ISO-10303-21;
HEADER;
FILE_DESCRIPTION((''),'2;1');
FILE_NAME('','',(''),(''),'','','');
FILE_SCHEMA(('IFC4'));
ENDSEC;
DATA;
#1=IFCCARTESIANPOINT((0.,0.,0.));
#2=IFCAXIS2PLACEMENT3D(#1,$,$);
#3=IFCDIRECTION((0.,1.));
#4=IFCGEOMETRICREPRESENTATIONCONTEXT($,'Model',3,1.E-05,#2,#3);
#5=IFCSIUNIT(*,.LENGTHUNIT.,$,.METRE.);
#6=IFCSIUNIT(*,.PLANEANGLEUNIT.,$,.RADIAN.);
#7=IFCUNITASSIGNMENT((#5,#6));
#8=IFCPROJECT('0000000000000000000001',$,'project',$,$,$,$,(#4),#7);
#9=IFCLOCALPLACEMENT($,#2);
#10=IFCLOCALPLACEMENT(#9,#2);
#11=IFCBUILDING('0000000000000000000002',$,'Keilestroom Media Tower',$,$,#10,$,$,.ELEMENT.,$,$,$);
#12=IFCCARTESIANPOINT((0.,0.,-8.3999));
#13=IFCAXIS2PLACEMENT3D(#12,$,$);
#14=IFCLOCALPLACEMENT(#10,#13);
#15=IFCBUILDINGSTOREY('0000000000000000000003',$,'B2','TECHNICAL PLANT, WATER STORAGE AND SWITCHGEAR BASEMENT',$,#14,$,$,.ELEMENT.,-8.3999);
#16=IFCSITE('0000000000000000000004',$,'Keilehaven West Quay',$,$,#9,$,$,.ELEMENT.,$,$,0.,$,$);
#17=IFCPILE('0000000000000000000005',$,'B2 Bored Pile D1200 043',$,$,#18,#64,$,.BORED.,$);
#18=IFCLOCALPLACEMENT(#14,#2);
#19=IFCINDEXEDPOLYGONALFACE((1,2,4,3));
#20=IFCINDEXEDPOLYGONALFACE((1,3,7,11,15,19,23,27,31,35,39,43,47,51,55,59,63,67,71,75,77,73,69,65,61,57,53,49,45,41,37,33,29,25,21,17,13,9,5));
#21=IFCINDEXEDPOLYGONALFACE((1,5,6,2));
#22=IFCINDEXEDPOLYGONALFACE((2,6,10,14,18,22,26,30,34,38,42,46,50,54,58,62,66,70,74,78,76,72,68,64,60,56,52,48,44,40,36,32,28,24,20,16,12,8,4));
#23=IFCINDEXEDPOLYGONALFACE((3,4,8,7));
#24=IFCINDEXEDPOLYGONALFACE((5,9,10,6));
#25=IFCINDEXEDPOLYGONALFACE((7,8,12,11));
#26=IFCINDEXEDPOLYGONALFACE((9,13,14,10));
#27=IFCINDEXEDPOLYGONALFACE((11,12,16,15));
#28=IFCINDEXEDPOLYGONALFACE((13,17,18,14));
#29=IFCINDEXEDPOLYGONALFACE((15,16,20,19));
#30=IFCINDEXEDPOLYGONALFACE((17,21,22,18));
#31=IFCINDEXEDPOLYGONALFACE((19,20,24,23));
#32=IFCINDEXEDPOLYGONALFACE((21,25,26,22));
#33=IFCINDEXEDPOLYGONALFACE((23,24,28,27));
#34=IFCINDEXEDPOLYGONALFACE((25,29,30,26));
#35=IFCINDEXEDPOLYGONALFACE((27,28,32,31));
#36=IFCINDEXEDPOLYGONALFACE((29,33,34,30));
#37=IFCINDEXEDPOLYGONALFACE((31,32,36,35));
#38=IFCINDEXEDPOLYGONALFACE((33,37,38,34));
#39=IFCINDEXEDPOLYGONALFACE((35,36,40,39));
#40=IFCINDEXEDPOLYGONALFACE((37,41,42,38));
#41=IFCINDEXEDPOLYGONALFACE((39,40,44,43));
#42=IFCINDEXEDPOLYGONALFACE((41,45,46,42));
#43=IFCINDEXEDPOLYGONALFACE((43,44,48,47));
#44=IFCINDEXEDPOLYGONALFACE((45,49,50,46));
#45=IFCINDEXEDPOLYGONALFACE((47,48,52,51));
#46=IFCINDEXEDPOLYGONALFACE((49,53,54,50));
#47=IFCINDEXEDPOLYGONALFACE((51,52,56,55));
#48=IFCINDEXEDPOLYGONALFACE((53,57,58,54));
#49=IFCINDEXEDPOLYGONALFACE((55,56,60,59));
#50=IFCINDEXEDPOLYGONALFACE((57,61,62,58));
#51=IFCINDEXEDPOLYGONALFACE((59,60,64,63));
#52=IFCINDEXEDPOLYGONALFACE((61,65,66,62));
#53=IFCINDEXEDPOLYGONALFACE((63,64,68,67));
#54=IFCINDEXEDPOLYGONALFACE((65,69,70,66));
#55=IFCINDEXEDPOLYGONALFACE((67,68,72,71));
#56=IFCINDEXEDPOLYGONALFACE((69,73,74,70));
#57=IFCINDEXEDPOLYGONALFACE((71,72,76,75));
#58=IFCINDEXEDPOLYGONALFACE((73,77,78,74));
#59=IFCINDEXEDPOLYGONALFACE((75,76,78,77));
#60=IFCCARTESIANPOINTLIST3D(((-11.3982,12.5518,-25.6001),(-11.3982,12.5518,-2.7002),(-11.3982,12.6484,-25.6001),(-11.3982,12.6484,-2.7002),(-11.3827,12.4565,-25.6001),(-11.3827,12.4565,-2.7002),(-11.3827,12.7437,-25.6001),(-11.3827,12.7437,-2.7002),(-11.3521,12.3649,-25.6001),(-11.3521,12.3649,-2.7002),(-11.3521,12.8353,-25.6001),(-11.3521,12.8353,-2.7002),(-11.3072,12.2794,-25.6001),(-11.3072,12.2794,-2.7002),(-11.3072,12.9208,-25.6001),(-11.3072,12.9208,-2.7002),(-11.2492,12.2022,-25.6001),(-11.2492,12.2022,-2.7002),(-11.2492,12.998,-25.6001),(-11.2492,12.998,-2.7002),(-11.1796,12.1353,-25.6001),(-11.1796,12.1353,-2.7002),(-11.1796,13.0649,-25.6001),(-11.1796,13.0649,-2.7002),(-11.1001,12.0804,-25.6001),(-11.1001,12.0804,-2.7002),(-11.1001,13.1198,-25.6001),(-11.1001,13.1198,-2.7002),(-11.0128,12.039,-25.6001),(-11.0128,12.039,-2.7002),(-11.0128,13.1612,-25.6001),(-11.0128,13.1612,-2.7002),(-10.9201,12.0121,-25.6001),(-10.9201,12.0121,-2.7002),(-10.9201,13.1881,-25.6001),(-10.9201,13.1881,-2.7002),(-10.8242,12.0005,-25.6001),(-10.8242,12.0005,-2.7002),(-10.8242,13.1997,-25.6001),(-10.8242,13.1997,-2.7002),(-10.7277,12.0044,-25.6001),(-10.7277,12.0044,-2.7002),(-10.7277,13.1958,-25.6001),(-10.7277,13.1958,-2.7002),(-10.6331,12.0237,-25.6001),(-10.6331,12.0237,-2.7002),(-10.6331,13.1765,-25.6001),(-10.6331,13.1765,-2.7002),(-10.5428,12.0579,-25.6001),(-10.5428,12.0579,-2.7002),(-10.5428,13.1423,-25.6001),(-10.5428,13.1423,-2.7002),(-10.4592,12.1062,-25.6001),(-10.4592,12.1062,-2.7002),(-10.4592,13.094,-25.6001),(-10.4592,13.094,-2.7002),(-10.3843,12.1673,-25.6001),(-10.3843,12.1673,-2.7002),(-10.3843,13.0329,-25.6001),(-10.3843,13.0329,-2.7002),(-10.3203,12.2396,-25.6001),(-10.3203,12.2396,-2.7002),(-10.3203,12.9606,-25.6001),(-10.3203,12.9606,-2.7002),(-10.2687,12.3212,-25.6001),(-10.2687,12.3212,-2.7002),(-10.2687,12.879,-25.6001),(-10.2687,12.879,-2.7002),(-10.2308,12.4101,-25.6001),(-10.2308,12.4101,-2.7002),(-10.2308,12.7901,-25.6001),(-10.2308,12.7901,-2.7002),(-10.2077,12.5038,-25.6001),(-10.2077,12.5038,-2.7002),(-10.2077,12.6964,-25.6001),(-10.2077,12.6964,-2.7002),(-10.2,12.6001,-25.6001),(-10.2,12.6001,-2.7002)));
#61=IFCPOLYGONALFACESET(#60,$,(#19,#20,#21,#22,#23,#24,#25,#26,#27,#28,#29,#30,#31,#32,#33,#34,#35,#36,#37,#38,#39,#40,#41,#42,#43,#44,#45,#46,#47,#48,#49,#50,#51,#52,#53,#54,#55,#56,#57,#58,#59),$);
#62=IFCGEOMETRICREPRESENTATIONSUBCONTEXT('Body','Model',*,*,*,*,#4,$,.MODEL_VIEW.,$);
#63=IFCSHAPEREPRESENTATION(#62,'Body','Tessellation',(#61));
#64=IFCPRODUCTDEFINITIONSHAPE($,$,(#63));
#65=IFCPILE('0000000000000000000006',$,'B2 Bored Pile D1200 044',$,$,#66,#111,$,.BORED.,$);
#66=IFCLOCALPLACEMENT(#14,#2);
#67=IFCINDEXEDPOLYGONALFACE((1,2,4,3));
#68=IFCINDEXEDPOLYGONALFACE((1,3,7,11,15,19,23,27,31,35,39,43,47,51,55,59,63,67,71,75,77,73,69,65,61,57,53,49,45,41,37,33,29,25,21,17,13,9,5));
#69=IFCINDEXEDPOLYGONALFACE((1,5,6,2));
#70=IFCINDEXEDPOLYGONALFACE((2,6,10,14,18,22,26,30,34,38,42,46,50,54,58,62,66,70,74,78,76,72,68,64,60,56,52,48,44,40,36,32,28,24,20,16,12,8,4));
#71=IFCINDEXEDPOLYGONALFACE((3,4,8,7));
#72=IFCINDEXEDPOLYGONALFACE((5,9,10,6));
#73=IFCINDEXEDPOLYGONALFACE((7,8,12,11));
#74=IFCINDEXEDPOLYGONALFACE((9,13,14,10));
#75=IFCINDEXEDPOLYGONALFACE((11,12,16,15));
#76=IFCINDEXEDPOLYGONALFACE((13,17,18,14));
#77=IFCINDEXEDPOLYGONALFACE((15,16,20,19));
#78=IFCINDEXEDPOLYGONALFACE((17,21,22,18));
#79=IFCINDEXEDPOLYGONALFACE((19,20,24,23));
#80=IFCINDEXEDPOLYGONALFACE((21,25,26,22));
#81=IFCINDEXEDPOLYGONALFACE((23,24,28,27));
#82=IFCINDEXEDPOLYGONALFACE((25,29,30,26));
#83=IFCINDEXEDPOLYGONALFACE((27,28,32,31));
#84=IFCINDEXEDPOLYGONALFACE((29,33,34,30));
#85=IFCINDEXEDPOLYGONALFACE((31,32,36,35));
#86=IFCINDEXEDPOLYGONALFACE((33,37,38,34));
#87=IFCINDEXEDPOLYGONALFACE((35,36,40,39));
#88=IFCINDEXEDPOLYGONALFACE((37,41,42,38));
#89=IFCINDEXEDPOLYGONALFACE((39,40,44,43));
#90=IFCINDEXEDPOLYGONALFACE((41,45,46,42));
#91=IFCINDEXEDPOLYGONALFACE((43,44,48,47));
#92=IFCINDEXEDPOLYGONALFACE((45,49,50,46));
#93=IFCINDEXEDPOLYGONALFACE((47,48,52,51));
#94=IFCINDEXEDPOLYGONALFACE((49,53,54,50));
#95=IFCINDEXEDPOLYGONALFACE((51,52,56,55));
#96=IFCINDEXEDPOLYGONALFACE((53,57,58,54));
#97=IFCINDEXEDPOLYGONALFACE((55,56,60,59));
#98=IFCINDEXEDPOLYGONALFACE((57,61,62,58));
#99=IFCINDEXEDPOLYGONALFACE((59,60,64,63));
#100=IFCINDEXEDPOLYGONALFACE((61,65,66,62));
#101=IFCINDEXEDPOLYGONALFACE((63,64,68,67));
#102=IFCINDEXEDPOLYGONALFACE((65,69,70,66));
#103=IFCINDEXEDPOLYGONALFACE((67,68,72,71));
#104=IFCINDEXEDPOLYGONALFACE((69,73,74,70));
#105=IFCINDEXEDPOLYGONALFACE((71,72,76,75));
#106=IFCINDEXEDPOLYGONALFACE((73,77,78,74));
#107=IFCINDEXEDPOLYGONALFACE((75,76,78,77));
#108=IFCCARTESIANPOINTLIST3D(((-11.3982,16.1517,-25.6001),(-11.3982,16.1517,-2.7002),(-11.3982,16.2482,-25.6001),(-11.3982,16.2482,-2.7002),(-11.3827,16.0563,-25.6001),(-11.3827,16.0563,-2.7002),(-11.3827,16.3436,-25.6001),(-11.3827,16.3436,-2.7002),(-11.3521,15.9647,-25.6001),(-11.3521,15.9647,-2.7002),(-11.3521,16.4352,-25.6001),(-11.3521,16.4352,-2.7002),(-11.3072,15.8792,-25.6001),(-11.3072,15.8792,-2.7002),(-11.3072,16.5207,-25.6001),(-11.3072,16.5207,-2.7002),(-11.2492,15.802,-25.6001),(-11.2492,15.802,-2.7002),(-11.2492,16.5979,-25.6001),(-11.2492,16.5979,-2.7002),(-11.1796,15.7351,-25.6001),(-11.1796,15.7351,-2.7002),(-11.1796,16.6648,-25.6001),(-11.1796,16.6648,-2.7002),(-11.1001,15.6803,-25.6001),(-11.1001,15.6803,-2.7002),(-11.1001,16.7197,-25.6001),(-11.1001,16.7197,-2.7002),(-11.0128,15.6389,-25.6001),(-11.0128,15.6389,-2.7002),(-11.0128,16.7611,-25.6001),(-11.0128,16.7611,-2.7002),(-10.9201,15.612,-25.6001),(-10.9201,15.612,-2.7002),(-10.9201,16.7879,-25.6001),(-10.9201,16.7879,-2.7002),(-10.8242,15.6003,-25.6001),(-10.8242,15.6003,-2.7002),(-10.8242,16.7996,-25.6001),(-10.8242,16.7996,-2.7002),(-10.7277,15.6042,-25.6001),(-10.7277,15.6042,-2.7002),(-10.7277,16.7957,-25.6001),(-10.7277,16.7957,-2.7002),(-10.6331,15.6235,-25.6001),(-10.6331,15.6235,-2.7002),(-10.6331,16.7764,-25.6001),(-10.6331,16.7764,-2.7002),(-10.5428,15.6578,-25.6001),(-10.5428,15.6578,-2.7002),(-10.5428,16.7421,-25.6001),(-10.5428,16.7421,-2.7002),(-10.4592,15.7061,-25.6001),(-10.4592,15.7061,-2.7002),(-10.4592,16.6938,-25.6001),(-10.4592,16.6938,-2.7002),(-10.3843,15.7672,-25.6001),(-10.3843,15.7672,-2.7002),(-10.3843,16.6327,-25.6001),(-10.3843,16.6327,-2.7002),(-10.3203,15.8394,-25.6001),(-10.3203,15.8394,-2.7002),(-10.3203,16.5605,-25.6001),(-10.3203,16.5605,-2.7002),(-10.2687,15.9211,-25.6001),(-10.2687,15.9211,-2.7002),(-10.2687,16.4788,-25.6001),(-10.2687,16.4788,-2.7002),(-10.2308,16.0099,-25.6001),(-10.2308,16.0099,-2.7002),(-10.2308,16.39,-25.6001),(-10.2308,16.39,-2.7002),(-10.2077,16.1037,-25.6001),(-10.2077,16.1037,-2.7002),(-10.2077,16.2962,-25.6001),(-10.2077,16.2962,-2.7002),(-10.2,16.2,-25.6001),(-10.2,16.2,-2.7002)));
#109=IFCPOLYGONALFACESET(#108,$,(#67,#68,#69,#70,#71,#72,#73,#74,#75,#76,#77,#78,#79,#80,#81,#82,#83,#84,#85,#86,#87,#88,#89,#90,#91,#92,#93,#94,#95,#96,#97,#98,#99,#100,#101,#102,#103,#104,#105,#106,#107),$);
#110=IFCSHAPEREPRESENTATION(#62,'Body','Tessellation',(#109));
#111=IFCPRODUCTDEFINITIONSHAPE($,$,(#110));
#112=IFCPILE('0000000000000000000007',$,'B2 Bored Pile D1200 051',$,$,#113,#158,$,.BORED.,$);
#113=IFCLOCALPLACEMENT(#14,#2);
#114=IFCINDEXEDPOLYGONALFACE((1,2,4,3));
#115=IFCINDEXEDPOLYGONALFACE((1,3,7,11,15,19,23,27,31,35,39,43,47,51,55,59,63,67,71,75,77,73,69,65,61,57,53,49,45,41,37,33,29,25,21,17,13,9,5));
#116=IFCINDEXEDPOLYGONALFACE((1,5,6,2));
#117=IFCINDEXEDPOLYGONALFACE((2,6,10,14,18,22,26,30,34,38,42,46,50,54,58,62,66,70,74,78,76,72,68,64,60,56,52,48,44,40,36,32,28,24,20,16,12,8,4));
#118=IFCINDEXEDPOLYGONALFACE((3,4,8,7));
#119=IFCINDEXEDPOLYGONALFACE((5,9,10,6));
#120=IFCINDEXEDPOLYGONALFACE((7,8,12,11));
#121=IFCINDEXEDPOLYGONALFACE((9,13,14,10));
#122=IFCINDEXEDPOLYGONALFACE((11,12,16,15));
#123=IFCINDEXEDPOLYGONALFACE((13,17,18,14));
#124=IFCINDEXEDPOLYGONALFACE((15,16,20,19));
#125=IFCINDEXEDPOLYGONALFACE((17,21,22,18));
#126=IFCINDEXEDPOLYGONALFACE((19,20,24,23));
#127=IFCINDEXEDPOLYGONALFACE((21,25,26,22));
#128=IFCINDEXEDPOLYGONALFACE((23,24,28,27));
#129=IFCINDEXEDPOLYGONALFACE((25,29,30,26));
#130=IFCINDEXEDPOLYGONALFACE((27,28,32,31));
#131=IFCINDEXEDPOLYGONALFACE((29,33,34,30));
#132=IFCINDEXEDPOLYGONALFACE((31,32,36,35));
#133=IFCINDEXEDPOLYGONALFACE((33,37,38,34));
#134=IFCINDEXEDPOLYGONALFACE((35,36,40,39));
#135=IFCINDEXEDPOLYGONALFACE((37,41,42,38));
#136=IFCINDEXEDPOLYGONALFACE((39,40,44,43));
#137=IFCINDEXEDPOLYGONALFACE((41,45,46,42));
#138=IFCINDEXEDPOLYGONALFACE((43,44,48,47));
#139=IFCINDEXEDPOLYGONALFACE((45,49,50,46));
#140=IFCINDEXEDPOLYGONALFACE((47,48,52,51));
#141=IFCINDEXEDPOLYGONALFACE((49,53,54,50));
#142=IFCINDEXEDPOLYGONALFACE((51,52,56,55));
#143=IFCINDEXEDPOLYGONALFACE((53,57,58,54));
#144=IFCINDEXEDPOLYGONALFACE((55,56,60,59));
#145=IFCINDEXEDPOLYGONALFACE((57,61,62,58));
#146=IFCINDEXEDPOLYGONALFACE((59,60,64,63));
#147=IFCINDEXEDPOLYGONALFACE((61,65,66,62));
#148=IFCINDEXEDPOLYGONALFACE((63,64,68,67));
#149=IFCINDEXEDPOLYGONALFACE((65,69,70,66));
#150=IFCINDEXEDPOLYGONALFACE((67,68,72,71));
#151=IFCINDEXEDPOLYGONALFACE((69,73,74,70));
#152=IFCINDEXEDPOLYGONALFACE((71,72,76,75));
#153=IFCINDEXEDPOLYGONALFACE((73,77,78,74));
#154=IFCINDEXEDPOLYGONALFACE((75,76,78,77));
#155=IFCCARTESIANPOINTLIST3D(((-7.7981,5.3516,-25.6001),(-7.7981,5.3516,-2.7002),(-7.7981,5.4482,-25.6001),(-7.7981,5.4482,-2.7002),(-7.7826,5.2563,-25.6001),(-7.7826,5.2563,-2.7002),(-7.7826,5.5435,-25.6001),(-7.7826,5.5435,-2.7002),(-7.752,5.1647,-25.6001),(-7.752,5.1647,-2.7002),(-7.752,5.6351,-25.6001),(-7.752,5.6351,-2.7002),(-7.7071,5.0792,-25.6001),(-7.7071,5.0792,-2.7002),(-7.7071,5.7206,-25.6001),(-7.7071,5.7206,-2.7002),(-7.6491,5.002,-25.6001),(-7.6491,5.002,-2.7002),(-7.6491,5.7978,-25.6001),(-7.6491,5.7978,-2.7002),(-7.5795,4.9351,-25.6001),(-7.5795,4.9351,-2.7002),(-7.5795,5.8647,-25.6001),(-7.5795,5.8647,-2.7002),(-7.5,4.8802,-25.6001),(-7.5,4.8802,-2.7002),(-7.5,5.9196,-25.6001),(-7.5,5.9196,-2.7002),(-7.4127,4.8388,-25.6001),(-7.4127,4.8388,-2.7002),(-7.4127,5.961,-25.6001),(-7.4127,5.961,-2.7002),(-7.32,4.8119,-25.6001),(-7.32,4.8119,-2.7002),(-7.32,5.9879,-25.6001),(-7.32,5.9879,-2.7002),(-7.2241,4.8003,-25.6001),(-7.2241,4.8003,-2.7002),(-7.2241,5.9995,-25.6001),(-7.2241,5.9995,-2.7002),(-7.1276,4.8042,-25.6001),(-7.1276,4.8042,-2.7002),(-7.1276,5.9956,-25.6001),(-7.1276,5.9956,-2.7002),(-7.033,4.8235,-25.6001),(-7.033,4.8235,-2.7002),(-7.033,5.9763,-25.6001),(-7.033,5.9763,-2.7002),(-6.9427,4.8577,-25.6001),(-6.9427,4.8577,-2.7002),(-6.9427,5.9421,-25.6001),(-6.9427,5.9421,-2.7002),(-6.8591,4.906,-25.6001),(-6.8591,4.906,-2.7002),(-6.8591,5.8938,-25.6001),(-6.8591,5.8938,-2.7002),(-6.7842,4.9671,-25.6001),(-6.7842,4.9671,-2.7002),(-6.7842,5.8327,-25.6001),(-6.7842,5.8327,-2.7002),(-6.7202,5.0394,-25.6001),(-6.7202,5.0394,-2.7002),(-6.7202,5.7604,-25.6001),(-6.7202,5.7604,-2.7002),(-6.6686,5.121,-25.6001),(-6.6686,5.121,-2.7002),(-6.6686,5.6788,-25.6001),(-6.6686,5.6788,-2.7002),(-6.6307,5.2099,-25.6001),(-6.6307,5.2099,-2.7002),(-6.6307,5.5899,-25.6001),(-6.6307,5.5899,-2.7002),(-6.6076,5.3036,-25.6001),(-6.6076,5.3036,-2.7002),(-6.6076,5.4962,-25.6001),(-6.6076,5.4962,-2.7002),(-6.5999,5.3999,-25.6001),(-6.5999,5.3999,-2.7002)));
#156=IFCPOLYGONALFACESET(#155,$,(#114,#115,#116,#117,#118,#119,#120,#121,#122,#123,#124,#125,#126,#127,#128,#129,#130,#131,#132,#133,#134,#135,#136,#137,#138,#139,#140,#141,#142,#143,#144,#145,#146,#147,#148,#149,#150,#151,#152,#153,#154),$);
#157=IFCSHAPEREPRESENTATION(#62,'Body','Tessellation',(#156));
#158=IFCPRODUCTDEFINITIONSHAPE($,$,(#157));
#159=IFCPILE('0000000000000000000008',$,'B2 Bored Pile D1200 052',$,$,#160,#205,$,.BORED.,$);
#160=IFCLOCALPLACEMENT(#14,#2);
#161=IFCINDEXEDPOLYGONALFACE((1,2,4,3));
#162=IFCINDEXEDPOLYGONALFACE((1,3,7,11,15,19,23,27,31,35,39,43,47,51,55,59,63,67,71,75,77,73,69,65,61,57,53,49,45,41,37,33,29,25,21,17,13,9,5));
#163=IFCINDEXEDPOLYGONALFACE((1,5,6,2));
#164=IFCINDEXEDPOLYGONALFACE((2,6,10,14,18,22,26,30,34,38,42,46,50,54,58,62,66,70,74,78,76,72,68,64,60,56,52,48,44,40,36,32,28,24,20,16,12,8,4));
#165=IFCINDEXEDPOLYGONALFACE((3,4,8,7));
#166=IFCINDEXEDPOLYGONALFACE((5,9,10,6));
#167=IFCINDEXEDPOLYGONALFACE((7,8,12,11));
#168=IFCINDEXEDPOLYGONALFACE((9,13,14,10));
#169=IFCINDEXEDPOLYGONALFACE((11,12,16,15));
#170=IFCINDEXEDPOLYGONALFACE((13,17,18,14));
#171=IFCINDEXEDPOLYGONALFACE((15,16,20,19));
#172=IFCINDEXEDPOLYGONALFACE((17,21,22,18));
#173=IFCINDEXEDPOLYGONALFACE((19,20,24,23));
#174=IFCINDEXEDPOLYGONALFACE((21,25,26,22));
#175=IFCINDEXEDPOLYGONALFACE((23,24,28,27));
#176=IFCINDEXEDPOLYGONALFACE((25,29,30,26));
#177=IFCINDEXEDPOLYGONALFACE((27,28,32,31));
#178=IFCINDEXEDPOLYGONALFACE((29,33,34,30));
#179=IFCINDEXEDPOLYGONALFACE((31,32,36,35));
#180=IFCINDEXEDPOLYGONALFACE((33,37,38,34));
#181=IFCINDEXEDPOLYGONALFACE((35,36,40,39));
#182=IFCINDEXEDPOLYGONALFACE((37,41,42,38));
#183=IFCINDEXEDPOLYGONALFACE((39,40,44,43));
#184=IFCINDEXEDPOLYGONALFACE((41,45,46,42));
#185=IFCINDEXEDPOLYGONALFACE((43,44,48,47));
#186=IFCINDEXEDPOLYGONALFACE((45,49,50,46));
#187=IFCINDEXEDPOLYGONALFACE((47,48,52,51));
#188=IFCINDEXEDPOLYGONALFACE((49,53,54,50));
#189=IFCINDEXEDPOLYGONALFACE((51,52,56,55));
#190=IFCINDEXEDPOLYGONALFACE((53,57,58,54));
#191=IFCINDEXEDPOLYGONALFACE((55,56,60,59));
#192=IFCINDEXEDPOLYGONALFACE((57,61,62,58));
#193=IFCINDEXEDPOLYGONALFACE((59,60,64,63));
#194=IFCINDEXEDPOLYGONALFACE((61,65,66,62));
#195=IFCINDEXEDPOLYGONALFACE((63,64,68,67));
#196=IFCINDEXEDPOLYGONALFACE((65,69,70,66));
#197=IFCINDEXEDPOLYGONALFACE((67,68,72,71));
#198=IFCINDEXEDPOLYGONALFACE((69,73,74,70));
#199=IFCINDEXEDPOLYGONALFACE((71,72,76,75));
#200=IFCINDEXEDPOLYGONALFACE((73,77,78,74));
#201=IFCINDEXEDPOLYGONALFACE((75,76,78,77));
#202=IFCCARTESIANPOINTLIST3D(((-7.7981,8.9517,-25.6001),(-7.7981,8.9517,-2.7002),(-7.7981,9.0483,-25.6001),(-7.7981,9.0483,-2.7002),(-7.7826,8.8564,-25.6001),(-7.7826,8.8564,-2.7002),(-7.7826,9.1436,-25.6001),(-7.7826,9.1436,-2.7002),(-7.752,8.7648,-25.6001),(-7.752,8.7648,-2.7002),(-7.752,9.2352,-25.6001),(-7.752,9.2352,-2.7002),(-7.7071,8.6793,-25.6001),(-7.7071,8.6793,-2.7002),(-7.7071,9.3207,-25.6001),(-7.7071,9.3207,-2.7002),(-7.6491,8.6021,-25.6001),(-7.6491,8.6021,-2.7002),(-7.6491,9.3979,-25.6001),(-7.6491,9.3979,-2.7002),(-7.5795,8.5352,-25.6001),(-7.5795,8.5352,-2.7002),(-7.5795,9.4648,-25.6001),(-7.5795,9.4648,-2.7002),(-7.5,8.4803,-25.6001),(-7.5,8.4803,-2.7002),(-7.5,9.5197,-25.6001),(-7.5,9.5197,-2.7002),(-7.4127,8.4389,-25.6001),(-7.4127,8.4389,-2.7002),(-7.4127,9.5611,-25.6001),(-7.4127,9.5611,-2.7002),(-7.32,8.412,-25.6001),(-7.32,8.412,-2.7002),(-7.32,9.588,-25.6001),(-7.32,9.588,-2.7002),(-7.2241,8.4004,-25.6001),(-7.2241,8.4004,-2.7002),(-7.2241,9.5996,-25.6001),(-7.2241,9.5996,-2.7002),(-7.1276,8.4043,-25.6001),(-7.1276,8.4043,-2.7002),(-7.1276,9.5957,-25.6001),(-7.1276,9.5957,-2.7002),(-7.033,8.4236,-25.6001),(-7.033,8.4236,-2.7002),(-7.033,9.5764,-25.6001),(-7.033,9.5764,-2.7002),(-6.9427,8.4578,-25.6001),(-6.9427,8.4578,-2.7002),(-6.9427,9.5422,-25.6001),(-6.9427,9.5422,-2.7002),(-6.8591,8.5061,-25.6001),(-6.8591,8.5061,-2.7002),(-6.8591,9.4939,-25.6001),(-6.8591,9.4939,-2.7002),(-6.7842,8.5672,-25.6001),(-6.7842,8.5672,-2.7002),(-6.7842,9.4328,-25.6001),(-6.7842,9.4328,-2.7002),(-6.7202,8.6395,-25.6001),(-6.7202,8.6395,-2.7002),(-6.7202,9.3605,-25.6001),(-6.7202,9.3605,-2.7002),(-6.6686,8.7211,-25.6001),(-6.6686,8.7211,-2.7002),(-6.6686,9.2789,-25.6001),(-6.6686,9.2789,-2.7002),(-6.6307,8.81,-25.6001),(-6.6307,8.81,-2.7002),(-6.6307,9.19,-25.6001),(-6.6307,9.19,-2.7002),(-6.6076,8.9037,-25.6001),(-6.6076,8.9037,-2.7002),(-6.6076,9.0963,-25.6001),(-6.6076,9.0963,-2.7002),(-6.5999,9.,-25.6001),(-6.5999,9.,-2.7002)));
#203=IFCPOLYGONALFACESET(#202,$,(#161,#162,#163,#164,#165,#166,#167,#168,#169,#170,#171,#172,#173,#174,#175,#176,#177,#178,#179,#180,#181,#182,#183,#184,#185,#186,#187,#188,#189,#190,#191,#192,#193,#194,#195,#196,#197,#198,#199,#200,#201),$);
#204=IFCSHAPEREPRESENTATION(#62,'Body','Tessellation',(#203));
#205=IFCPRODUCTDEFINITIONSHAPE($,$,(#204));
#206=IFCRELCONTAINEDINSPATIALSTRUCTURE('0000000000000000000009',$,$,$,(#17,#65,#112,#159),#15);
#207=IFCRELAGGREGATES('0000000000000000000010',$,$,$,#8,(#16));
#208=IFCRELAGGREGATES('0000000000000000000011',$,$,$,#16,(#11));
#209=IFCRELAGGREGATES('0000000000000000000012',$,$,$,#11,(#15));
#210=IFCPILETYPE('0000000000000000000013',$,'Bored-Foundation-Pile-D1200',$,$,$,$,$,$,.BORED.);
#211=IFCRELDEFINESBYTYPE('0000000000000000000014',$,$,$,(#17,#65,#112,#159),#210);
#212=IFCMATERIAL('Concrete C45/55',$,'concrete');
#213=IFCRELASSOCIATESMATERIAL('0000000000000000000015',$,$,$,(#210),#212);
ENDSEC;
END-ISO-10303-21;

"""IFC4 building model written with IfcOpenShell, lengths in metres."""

from ifc_helpers import new_model, si_unit, direction, frame, origin, origin_2d, place, context, subcontext, project, spatial, circle, extrude, source, transform, mapped, material, material_profile, profile_set, type_object, element, save


model = new_model("IFC4")

# Units and contexts
model_context = context("Model", 3, precision=1e-05, world=origin(), true_north=direction((0.0, 1.0)))
body_context = subcontext(model_context, "Body", "Model", "MODEL_VIEW")
ifc_project = project(units=[si_unit("LENGTHUNIT", "METRE"), si_unit("PLANEANGLEUNIT", "RADIAN")], contexts=[model_context])

# Site, building, storey
site_placement = place(None, origin())
site = spatial("IfcSite", under=ifc_project, at=site_placement, Name="Keilehaven West Quay", CompositionType="ELEMENT", RefElevation=0.0)
building_placement = place(site_placement, origin())
building = spatial("IfcBuilding", under=site, at=building_placement, Name="Keilestroom Media Tower", CompositionType="ELEMENT")
storey_placement = place(building_placement, frame((0.0, 0.0, -8.3999)))
storey = spatial("IfcBuildingStorey", under=building, at=storey_placement, Name="B2", Description="TECHNICAL PLANT, WATER STORAGE AND SWITCHGEAR BASEMENT", CompositionType="ELEMENT", Elevation=-8.3999)

# Piles
ifc_material_1 = material(Name="Concrete C45/55", Category="concrete")
ifc_material_profile_1 = material_profile(ifc_material_1, circle(Radius=0.6001, at=origin_2d()), Name="BORED PILE D1200")
ifc_profile_set_1 = profile_set([ifc_material_profile_1], Name="Concrete C45/55")
pile_type_1 = type_object("IfcPileType", Name="Bored-Foundation-Pile-D1200", PredefinedType="BORED", material=ifc_profile_set_1)
shared_shape_1 = source(origin(), body_context, "Body", "SweptSolid", [
    extrude(circle(Radius=0.6001, at=origin_2d()), origin(), (0.0, 0.0, 1.0), 22.8999),
])
for number, where, z_axis, x_axis, name in (
    (1, (-10.8, 12.6001, -2.7002), (0.0, 0.0, -1.0), (1.0, 0.0, 0.0), "B2 Bored Pile D1200 043"),
    (2, (-10.8, 16.2, -2.7002), (0.0, 0.0, -1.0), (1.0, 0.0, 0.0), "B2 Bored Pile D1200 044"),
    (3, (-7.2, 5.3999, -2.7002), (0.0, 0.0, -1.0), (1.0, 0.0, 0.0), "B2 Bored Pile D1200 051"),
    (4, (-7.2, 9.0, -2.7002), (0.0, 0.0, -1.0), (1.0, 0.0, 0.0), "B2 Bored Pile D1200 052"),
):
    element("IfcPile", number, at=place(storey_placement, frame(where, z_axis=z_axis, x_axis=x_axis)), inside=storey, type_object=pile_type_1, Name=name, PredefinedType="BORED", context=body_context, shape_type="MappedRepresentation", body=[
        mapped(shared_shape_1, transform((0.0, 0.0, 0.0), x_axis=(1.0, 0.0, 0.0), y_axis=(0.0, 1.0, 0.0), z_axis=(0.0, 0.0, 1.0), scale=1.0)),
    ])

save(model, "model.ifc")
